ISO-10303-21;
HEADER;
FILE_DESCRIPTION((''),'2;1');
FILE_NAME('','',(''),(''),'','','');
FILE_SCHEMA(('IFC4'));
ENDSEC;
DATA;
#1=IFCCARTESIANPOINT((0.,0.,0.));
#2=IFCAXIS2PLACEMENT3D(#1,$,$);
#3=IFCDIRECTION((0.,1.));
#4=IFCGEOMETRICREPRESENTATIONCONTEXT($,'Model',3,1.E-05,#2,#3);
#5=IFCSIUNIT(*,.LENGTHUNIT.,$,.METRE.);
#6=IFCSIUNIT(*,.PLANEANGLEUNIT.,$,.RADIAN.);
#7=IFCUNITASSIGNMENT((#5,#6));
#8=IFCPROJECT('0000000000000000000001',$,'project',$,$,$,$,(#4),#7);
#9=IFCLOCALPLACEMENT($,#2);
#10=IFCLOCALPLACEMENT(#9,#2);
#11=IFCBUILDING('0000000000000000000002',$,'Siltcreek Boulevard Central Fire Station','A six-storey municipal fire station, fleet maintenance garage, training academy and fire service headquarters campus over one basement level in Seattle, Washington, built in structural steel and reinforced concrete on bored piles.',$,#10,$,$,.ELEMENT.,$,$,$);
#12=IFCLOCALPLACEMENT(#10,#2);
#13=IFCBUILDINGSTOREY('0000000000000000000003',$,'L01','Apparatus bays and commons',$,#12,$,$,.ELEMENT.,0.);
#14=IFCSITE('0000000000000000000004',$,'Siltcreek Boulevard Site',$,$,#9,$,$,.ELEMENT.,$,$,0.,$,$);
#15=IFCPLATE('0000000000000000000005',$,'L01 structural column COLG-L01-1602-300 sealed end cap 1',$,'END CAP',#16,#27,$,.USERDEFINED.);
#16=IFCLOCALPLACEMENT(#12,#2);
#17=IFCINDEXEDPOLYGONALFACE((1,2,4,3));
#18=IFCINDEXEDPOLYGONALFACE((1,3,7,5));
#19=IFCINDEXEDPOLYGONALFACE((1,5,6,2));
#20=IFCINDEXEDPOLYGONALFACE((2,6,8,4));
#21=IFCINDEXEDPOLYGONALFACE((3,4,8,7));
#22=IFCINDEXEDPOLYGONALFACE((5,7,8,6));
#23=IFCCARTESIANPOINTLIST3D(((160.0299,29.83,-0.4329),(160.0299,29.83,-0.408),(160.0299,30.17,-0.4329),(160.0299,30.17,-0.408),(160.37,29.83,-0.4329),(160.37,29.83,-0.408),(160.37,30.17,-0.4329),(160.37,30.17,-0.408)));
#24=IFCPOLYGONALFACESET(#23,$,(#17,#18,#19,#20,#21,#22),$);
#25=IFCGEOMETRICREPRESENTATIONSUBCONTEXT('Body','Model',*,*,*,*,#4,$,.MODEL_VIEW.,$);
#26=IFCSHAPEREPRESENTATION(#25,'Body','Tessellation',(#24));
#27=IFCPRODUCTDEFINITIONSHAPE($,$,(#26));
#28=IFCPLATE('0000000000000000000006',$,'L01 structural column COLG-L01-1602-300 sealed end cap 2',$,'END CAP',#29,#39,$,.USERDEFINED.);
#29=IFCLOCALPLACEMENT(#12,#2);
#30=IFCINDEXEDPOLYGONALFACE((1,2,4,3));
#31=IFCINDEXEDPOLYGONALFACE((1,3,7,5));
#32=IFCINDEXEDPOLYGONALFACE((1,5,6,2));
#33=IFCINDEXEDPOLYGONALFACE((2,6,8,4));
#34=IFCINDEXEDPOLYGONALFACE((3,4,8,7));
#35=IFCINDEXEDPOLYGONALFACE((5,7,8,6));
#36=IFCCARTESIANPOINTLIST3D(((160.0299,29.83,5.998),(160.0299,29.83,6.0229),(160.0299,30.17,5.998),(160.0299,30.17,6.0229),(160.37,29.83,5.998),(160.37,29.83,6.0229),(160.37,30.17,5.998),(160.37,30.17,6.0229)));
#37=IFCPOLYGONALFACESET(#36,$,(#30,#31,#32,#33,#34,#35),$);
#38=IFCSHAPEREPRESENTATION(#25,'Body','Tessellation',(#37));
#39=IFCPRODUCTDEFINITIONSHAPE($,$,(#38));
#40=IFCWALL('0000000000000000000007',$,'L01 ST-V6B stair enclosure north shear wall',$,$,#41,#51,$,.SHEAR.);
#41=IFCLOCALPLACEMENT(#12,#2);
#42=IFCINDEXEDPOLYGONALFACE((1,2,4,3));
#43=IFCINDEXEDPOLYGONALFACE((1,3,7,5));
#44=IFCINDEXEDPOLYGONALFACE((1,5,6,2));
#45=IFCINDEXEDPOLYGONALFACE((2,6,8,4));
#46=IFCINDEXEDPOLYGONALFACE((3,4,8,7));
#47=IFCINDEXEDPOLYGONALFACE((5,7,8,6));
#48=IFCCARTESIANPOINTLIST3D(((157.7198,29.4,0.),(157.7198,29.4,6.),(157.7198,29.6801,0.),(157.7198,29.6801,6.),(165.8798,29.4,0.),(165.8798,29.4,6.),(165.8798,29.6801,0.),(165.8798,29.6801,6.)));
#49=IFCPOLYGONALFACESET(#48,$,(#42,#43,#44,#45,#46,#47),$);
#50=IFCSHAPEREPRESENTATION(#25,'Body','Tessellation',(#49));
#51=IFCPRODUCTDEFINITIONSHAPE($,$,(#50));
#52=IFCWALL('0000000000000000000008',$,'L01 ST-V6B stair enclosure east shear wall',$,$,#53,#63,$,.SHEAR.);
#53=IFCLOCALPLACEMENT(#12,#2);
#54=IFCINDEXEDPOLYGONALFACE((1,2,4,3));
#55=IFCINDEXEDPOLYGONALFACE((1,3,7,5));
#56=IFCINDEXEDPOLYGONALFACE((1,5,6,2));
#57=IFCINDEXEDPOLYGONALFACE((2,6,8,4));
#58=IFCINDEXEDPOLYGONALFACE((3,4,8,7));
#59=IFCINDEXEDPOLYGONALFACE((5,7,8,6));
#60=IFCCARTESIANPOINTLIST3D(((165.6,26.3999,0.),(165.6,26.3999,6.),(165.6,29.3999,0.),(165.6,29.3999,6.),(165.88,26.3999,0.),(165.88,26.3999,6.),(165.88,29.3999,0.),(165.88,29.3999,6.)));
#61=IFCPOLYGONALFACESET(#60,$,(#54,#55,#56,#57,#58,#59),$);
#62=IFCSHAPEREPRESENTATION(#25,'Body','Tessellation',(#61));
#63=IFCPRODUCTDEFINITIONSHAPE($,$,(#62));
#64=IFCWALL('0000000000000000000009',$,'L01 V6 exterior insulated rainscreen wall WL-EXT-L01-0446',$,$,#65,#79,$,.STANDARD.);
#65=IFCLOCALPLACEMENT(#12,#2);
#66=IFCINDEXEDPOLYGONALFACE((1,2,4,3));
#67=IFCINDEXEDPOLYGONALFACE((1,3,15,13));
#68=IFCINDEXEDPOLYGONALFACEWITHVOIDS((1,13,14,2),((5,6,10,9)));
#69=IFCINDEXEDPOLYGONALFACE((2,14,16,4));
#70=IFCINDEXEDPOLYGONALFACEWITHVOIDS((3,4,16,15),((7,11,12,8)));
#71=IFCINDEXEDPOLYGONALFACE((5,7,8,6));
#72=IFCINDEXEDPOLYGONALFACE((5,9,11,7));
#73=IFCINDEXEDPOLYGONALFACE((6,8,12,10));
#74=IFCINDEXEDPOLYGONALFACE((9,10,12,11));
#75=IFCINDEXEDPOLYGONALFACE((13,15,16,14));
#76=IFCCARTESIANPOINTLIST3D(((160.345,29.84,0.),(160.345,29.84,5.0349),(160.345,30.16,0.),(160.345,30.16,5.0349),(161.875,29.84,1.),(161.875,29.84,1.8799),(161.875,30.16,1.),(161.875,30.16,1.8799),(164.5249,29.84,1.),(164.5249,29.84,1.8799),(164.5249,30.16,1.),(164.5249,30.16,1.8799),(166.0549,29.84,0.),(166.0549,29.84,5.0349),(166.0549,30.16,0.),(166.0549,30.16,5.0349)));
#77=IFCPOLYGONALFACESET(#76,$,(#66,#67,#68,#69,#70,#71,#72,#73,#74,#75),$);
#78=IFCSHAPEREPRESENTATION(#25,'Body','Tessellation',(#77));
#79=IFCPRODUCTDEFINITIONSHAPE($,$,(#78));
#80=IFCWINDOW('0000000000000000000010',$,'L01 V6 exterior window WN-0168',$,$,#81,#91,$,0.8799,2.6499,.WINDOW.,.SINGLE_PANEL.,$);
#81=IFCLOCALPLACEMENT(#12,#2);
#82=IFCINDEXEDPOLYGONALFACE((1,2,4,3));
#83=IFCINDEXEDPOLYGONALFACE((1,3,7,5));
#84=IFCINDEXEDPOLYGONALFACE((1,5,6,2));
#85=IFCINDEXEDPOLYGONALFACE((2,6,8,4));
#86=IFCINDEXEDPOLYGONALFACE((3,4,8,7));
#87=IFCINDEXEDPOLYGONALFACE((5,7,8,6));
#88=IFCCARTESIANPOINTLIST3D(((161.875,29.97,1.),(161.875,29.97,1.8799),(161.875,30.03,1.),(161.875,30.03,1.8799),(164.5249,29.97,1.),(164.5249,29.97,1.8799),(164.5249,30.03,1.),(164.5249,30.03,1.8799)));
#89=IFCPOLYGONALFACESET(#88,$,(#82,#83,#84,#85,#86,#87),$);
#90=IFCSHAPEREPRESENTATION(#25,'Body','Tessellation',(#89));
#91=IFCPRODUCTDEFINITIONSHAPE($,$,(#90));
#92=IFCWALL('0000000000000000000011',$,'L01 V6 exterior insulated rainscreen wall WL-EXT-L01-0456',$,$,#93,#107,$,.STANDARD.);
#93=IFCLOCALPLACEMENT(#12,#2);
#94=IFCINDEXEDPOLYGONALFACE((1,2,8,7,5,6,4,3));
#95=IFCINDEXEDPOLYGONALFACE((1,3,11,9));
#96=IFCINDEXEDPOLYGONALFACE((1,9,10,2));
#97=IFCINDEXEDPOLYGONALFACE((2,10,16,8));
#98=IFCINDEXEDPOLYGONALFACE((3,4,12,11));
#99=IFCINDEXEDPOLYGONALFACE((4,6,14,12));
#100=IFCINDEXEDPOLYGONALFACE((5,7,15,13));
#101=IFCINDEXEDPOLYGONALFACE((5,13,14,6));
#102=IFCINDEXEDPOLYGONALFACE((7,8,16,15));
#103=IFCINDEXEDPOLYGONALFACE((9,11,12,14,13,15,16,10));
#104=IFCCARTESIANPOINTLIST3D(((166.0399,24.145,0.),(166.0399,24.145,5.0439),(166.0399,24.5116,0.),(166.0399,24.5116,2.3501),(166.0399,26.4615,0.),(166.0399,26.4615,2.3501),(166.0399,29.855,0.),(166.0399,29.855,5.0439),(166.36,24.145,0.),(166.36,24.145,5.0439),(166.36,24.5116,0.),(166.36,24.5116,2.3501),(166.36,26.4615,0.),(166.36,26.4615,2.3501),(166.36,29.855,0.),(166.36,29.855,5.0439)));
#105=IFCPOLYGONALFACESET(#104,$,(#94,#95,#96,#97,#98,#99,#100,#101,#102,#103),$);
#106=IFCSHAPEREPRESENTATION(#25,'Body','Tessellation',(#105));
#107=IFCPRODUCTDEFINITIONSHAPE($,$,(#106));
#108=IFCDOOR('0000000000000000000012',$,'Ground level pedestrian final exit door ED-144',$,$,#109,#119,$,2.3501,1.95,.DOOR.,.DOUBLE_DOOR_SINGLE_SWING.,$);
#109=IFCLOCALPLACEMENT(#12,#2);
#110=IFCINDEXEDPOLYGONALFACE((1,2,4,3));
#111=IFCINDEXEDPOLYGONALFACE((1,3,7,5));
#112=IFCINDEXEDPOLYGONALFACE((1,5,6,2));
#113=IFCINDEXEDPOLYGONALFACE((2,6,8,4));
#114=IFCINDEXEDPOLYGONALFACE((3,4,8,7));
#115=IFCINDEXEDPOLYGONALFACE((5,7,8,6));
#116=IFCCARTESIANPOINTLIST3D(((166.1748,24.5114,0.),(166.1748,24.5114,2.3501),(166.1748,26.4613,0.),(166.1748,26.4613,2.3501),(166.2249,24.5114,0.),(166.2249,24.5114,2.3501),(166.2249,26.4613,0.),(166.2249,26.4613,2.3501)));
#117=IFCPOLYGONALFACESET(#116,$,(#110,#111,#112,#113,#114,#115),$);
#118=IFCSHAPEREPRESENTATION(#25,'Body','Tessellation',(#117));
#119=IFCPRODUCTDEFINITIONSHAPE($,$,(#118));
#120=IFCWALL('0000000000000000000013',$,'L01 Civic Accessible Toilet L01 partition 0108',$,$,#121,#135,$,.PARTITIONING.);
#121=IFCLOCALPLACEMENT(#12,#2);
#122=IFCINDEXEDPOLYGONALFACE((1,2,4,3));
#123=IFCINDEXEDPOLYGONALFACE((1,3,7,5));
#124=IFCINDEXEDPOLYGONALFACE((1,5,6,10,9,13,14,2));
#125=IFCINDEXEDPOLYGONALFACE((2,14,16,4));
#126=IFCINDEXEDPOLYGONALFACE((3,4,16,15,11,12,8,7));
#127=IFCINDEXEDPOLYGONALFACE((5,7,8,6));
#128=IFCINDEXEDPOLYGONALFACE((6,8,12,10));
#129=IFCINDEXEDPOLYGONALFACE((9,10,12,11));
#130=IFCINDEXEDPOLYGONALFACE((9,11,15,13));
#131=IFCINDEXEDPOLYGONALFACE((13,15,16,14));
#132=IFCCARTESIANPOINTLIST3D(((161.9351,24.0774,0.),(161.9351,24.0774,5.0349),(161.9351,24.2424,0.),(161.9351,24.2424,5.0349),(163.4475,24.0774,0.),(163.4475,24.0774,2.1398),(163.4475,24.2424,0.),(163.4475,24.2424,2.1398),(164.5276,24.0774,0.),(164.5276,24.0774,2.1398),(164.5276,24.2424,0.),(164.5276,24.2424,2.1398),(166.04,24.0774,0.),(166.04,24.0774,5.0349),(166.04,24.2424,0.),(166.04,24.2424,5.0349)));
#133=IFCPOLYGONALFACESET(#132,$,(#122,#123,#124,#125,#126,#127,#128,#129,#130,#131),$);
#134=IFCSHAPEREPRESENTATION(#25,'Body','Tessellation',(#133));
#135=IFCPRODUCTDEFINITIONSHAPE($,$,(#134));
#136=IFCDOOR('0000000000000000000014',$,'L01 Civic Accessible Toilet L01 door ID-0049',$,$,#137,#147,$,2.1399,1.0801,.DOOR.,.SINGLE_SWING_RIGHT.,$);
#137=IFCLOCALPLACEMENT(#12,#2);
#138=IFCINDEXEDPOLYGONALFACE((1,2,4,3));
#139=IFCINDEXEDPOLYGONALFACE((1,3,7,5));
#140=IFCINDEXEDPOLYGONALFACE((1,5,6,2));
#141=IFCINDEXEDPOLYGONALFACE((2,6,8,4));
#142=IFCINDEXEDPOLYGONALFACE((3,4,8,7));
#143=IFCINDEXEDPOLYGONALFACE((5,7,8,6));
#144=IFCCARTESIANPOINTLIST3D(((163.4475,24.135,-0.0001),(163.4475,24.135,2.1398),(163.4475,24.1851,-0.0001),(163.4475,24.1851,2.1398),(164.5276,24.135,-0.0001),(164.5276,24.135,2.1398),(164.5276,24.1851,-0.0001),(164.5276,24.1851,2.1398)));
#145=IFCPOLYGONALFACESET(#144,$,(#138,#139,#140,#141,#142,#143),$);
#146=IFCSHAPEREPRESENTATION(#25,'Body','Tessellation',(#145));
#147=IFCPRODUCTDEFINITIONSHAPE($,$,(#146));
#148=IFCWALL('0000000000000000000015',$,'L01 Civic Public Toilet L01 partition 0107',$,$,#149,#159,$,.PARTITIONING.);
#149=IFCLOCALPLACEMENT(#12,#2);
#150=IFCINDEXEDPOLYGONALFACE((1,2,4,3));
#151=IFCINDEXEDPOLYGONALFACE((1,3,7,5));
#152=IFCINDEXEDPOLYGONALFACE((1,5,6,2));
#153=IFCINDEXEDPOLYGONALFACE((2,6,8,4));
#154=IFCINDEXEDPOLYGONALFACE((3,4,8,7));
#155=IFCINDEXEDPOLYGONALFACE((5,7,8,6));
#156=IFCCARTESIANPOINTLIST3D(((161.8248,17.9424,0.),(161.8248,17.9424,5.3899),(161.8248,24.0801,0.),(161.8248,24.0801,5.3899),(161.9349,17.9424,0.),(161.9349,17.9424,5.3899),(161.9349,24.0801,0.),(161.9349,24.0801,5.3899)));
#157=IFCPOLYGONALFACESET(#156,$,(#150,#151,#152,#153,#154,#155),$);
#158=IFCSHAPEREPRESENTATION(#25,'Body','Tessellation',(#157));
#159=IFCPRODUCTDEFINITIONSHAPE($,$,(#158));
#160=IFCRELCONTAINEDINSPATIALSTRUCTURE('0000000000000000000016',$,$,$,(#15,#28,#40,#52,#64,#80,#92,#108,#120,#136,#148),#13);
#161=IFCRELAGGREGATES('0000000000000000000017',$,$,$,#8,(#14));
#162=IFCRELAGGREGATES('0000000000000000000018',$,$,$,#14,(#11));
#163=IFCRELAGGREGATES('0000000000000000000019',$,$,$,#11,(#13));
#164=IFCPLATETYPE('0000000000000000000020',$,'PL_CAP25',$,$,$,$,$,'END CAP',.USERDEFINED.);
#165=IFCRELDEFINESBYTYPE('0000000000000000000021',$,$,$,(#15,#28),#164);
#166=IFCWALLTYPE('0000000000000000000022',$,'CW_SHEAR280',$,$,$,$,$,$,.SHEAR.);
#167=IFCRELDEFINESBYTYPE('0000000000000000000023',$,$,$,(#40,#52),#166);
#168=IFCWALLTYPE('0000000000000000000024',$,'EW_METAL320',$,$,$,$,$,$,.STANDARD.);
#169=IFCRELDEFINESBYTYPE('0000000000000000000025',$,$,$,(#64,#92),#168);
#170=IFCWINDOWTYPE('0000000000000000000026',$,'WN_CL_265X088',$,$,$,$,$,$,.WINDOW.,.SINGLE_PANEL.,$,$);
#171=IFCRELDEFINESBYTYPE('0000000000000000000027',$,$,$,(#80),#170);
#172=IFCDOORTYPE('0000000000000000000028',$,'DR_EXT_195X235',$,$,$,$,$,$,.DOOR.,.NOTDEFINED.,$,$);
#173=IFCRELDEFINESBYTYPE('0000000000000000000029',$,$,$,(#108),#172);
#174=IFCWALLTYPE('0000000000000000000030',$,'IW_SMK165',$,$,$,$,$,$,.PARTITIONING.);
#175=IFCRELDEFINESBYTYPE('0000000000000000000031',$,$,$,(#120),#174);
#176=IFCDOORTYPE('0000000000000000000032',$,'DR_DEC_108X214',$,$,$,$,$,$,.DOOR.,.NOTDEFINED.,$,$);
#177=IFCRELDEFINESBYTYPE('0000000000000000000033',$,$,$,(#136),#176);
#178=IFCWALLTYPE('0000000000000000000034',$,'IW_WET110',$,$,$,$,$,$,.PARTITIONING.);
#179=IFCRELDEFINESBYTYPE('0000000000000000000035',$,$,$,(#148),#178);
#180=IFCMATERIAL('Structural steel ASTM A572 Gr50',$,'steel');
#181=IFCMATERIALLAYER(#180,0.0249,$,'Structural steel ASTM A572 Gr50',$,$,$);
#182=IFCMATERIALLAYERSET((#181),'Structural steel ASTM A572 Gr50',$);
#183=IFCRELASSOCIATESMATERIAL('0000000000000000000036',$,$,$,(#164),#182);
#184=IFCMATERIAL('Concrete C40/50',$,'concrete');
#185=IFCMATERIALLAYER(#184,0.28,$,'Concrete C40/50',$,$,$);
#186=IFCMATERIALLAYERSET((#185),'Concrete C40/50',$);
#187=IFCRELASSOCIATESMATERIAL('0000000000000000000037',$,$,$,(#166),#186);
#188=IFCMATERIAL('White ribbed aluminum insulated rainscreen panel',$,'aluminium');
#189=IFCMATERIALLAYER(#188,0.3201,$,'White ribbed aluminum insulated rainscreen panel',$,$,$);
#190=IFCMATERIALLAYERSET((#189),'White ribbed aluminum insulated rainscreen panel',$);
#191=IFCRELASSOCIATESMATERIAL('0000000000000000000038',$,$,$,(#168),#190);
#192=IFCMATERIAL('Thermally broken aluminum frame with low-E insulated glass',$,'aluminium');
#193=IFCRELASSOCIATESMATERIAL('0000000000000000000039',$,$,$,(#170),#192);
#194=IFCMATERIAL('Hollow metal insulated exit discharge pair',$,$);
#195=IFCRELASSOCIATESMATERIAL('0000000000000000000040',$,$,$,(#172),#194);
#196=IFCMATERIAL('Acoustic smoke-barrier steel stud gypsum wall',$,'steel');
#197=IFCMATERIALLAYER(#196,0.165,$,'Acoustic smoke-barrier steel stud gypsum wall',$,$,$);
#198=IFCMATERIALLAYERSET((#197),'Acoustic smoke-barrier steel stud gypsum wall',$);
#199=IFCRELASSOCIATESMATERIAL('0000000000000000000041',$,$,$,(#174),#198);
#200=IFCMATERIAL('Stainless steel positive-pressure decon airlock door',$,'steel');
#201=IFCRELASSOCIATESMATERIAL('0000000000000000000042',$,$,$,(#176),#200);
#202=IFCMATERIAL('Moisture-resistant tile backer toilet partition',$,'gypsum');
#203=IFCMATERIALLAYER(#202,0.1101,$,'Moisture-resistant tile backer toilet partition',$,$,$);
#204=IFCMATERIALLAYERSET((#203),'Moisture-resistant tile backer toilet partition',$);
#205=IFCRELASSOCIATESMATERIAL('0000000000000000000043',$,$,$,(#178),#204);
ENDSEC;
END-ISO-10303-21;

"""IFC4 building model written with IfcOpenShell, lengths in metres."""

from ifc_helpers import new_model, si_unit, direction, frame, frame_2d, origin, origin_2d, place, context, subcontext, project, spatial, rectangle, extrude, material, layer, layer_set, type_object, element, fill, save


model = new_model("IFC4")

# Units and contexts
model_context = context("Model", 3, precision=1e-05, world=origin(), true_north=direction((0.0, 1.0)))
body_context = subcontext(model_context, "Body", "Model", "MODEL_VIEW")
ifc_project = project(units=[si_unit("LENGTHUNIT", "METRE"), si_unit("PLANEANGLEUNIT", "RADIAN")], contexts=[model_context])

# Site, building, storey
site_placement = place(None, origin())
site = spatial("IfcSite", under=ifc_project, at=site_placement, Name="Siltcreek Boulevard Site", CompositionType="ELEMENT", RefElevation=0.0)
building_placement = place(site_placement, origin())
building = spatial("IfcBuilding", under=site, at=building_placement, Name="Siltcreek Boulevard Central Fire Station", Description="A six-storey municipal fire station, fleet maintenance garage, training academy and fire service headquarters campus over one basement level in Seattle, Washington, built in structural steel and reinforced concrete on bored piles.", CompositionType="ELEMENT")
storey_placement = place(building_placement, origin())
storey = spatial("IfcBuildingStorey", under=building, at=storey_placement, Name="L01", Description="Apparatus bays and commons", CompositionType="ELEMENT", Elevation=0.0)

# Plates
ifc_material_1 = material(Name="Structural steel ASTM A572 Gr50", Category="steel")
ifc_layer_1 = layer(ifc_material_1, 0.0249, Name="Structural steel ASTM A572 Gr50")
ifc_layer_set_1 = layer_set([ifc_layer_1], Name="Structural steel ASTM A572 Gr50")
plate_type = type_object("IfcPlateType", Name="PL_CAP25", ElementType="END CAP", PredefinedType="USERDEFINED", material=ifc_layer_set_1)
for number, where, z_axis, x_axis, name in (
    (1, (160.2, 30.0, -0.4329), (0.0, 0.0, 1.0), (1.0, 0.0, 0.0), "L01 structural column COLG-L01-1602-300 sealed end cap 1"),
    (2, (160.2, 30.0, 5.998), (0.0, 0.0, 1.0), (1.0, 0.0, 0.0), "L01 structural column COLG-L01-1602-300 sealed end cap 2"),
):
    element("IfcPlate", number, at=place(storey_placement, frame(where, z_axis=z_axis, x_axis=x_axis)), inside=storey, type_object=plate_type, Name=name, ObjectType="END CAP", PredefinedType="USERDEFINED", context=body_context, shape_type="SweptSolid", body=[
        extrude(rectangle(XDim=0.3401, YDim=0.3401, at=origin_2d()), origin(), (0.0, 0.0, 1.0), 0.0249),
    ])

# Walls
ifc_material_2 = material(Name="Concrete C40/50", Category="concrete")
ifc_layer_2 = layer(ifc_material_2, 0.28, Name="Concrete C40/50")
ifc_layer_set_2 = layer_set([ifc_layer_2], Name="Concrete C40/50")
wall_type_1 = type_object("IfcWallType", Name="CW_SHEAR280", PredefinedType="SHEAR", material=ifc_layer_set_2)
wall_1_placement = place(storey_placement, frame((165.8799, 29.54, 0.0), z_axis=(0.0, 0.0, 1.0), x_axis=(-1.0, 0.0, 0.0)))
element("IfcWall", 3, at=wall_1_placement, inside=storey, type_object=wall_type_1, Name="L01 ST-V6B stair enclosure north shear wall", PredefinedType="SHEAR", context=body_context, shape_type="SweptSolid", body=[
    extrude(rectangle(XDim=8.1599, YDim=0.28, at=frame_2d((4.0801, 0.0))), origin(), (0.0, 0.0, 1.0), 6.0),
])
wall_2_placement = place(storey_placement, frame((165.74, 26.3999, 0.0), z_axis=(0.0, 0.0, 1.0), x_axis=(0.0, 1.0, 0.0)))
element("IfcWall", 4, at=wall_2_placement, inside=storey, type_object=wall_type_1, Name="L01 ST-V6B stair enclosure east shear wall", PredefinedType="SHEAR", context=body_context, shape_type="SweptSolid", body=[
    extrude(rectangle(XDim=3.0, YDim=0.28, at=frame_2d((1.5, 0.0))), origin(), (0.0, 0.0, 1.0), 6.0),
])

# Wall, opening, window
ifc_material_3 = material(Name="White ribbed aluminum insulated rainscreen panel", Category="aluminium")
ifc_layer_3 = layer(ifc_material_3, 0.3201, Name="White ribbed aluminum insulated rainscreen panel")
ifc_layer_set_3 = layer_set([ifc_layer_3], Name="White ribbed aluminum insulated rainscreen panel")
wall_type_2 = type_object("IfcWallType", Name="EW_METAL320", PredefinedType="STANDARD", material=ifc_layer_set_3)
wall_3_placement = place(storey_placement, frame((166.0549, 30.0, 0.0), z_axis=(0.0, 0.0, 1.0), x_axis=(-1.0, 0.0, 0.0)))
wall_3 = element("IfcWall", 5, at=wall_3_placement, inside=storey, type_object=wall_type_2, Name="L01 V6 exterior insulated rainscreen wall WL-EXT-L01-0446", PredefinedType="STANDARD", context=body_context, shape_type="SweptSolid", body=[
    extrude(rectangle(XDim=5.71, YDim=0.3201, at=frame_2d((2.855, 0.0))), origin(), (0.0, 0.0, 1.0), 5.0349),
])
opening_1_placement = place(wall_3_placement, frame((1.53, 0.0, 1.0)))
opening_1 = element("IfcOpeningElement", 6, at=opening_1_placement, cuts=wall_3, PredefinedType="OPENING", context=body_context, shape_type="SweptSolid", body=[
    extrude(rectangle(XDim=2.6499, YDim=0.8799, at=frame_2d((1.325, 0.4399))), frame((0.0, 0.1699, 0.0), z_axis=(0.0, -1.0, 0.0), x_axis=(1.0, 0.0, 0.0)), (0.0, 0.0, 1.0), 0.3401),
])
ifc_material_4 = material(Name="Thermally broken aluminum frame with low-E insulated glass", Category="aluminium")
window_type = type_object("IfcWindowType", Name="WN_CL_265X088", PartitioningType="SINGLE_PANEL", PredefinedType="WINDOW", material=ifc_material_4)
window_placement = place(opening_1_placement, origin())
window = element("IfcWindow", 7, at=window_placement, inside=storey, type_object=window_type, Name="L01 V6 exterior window WN-0168", OverallHeight=0.8799, OverallWidth=2.6499, PartitioningType="SINGLE_PANEL", PredefinedType="WINDOW", context=body_context, shape_type="SweptSolid", body=[
    extrude(rectangle(XDim=2.6499, YDim=0.8799, at=frame_2d((1.325, 0.4399))), frame((0.0, 0.03, 0.0), z_axis=(0.0, -1.0, 0.0), x_axis=(1.0, 0.0, 0.0)), (0.0, 0.0, 1.0), 0.0601),
])
fill(opening_1, window)

# Walls, openings, doors
wall_4_placement = place(storey_placement, frame((166.2, 24.145, 0.0), z_axis=(0.0, 0.0, 1.0), x_axis=(0.0, 1.0, 0.0)))
wall_4 = element("IfcWall", 8, at=wall_4_placement, inside=storey, type_object=wall_type_2, Name="L01 V6 exterior insulated rainscreen wall WL-EXT-L01-0456", PredefinedType="STANDARD", context=body_context, shape_type="SweptSolid", body=[
    extrude(rectangle(XDim=5.71, YDim=0.3201, at=frame_2d((2.855, 0.0))), origin(), (0.0, 0.0, 1.0), 5.0439),
])
opening_2_placement = place(wall_4_placement, frame((0.3665, 0.0, 0.0)))
opening_2 = element("IfcOpeningElement", 9, at=opening_2_placement, cuts=wall_4, PredefinedType="OPENING", context=body_context, shape_type="SweptSolid", body=[
    extrude(rectangle(XDim=1.95, YDim=2.3501, at=frame_2d((0.9751, 1.175))), frame((0.0, 0.1699, 0.0), z_axis=(0.0, -1.0, 0.0), x_axis=(1.0, 0.0, 0.0)), (0.0, 0.0, 1.0), 0.3401),
])
ifc_material_5 = material(Name="Hollow metal insulated exit discharge pair")
door_type_1 = type_object("IfcDoorType", Name="DR_EXT_195X235", OperationType="NOTDEFINED", PredefinedType="DOOR", material=ifc_material_5)
door_1_placement = place(opening_2_placement, frame((1.95, 0.0, 0.0), z_axis=(0.0, 0.0, 1.0), x_axis=(-1.0, 0.0, 0.0)))
door_1 = element("IfcDoor", 10, at=door_1_placement, inside=storey, type_object=door_type_1, Name="Ground level pedestrian final exit door ED-144", OperationType="DOUBLE_DOOR_SINGLE_SWING", OverallHeight=2.3501, OverallWidth=1.95, PredefinedType="DOOR", context=body_context, shape_type="SweptSolid", body=[
    extrude(rectangle(XDim=1.95, YDim=2.3501, at=frame_2d((0.9751, 1.175))), frame((0.0, 0.0249, 0.0), z_axis=(0.0, -1.0, 0.0), x_axis=(1.0, 0.0, 0.0)), (0.0, 0.0, 1.0), 0.05),
])
fill(opening_2, door_1)
ifc_material_6 = material(Name="Acoustic smoke-barrier steel stud gypsum wall", Category="steel")
ifc_layer_4 = layer(ifc_material_6, 0.165, Name="Acoustic smoke-barrier steel stud gypsum wall")
ifc_layer_set_4 = layer_set([ifc_layer_4], Name="Acoustic smoke-barrier steel stud gypsum wall")
wall_type_3 = type_object("IfcWallType", Name="IW_SMK165", PredefinedType="PARTITIONING", material=ifc_layer_set_4)
wall_5_placement = place(storey_placement, frame((161.9351, 24.1599, 0.0), z_axis=(0.0, 0.0, 1.0), x_axis=(1.0, 0.0, 0.0)))
wall_5 = element("IfcWall", 11, at=wall_5_placement, inside=storey, type_object=wall_type_3, Name="L01 Civic Accessible Toilet L01 partition 0108", PredefinedType="PARTITIONING", context=body_context, shape_type="SweptSolid", body=[
    extrude(rectangle(XDim=4.105, YDim=0.165, at=frame_2d((2.0525, 0.0))), origin(), (0.0, 0.0, 1.0), 5.0349),
])
opening_3_placement = place(wall_5_placement, frame((1.5125, 0.0, 0.0)))
opening_3 = element("IfcOpeningElement", 12, at=opening_3_placement, cuts=wall_5, PredefinedType="OPENING", context=body_context, shape_type="SweptSolid", body=[
    extrude(rectangle(XDim=1.0801, YDim=2.1399, at=frame_2d((0.54, 1.0698))), frame((0.0, 0.0925, 0.0), z_axis=(0.0, -1.0, 0.0), x_axis=(1.0, 0.0, 0.0)), (0.0, 0.0, 1.0), 0.1851),
])
ifc_material_7 = material(Name="Stainless steel positive-pressure decon airlock door", Category="steel")
door_type_2 = type_object("IfcDoorType", Name="DR_DEC_108X214", OperationType="NOTDEFINED", PredefinedType="DOOR", material=ifc_material_7)
door_2_placement = place(opening_3_placement, frame((1.0801, 0.0, 0.0), z_axis=(0.0, 0.0, 1.0), x_axis=(-1.0, 0.0, 0.0)))
door_2 = element("IfcDoor", 13, at=door_2_placement, inside=storey, type_object=door_type_2, Name="L01 Civic Accessible Toilet L01 door ID-0049", OperationType="SINGLE_SWING_RIGHT", OverallHeight=2.1399, OverallWidth=1.0801, PredefinedType="DOOR", context=body_context, shape_type="SweptSolid", body=[
    extrude(rectangle(XDim=1.0801, YDim=2.1399, at=frame_2d((0.54, 1.0698))), frame((0.0, 0.0249, 0.0), z_axis=(0.0, -1.0, 0.0), x_axis=(1.0, 0.0, 0.0)), (0.0, 0.0, 1.0), 0.05),
])
fill(opening_3, door_2)

# Wall
ifc_material_8 = material(Name="Moisture-resistant tile backer toilet partition", Category="gypsum")
ifc_layer_5 = layer(ifc_material_8, 0.1101, Name="Moisture-resistant tile backer toilet partition")
ifc_layer_set_5 = layer_set([ifc_layer_5], Name="Moisture-resistant tile backer toilet partition")
wall_type_4 = type_object("IfcWallType", Name="IW_WET110", PredefinedType="PARTITIONING", material=ifc_layer_set_5)
wall_6_placement = place(storey_placement, frame((161.8799, 24.0801, 0.0), z_axis=(0.0, 0.0, 1.0), x_axis=(0.0, -1.0, 0.0)))
element("IfcWall", 14, at=wall_6_placement, inside=storey, type_object=wall_type_4, Name="L01 Civic Public Toilet L01 partition 0107", PredefinedType="PARTITIONING", context=body_context, shape_type="SweptSolid", body=[
    extrude(rectangle(XDim=6.1377, YDim=0.1101, at=frame_2d((3.0688, 0.0))), origin(), (0.0, 0.0, 1.0), 5.3899),
])

save(model, "model.ifc")
